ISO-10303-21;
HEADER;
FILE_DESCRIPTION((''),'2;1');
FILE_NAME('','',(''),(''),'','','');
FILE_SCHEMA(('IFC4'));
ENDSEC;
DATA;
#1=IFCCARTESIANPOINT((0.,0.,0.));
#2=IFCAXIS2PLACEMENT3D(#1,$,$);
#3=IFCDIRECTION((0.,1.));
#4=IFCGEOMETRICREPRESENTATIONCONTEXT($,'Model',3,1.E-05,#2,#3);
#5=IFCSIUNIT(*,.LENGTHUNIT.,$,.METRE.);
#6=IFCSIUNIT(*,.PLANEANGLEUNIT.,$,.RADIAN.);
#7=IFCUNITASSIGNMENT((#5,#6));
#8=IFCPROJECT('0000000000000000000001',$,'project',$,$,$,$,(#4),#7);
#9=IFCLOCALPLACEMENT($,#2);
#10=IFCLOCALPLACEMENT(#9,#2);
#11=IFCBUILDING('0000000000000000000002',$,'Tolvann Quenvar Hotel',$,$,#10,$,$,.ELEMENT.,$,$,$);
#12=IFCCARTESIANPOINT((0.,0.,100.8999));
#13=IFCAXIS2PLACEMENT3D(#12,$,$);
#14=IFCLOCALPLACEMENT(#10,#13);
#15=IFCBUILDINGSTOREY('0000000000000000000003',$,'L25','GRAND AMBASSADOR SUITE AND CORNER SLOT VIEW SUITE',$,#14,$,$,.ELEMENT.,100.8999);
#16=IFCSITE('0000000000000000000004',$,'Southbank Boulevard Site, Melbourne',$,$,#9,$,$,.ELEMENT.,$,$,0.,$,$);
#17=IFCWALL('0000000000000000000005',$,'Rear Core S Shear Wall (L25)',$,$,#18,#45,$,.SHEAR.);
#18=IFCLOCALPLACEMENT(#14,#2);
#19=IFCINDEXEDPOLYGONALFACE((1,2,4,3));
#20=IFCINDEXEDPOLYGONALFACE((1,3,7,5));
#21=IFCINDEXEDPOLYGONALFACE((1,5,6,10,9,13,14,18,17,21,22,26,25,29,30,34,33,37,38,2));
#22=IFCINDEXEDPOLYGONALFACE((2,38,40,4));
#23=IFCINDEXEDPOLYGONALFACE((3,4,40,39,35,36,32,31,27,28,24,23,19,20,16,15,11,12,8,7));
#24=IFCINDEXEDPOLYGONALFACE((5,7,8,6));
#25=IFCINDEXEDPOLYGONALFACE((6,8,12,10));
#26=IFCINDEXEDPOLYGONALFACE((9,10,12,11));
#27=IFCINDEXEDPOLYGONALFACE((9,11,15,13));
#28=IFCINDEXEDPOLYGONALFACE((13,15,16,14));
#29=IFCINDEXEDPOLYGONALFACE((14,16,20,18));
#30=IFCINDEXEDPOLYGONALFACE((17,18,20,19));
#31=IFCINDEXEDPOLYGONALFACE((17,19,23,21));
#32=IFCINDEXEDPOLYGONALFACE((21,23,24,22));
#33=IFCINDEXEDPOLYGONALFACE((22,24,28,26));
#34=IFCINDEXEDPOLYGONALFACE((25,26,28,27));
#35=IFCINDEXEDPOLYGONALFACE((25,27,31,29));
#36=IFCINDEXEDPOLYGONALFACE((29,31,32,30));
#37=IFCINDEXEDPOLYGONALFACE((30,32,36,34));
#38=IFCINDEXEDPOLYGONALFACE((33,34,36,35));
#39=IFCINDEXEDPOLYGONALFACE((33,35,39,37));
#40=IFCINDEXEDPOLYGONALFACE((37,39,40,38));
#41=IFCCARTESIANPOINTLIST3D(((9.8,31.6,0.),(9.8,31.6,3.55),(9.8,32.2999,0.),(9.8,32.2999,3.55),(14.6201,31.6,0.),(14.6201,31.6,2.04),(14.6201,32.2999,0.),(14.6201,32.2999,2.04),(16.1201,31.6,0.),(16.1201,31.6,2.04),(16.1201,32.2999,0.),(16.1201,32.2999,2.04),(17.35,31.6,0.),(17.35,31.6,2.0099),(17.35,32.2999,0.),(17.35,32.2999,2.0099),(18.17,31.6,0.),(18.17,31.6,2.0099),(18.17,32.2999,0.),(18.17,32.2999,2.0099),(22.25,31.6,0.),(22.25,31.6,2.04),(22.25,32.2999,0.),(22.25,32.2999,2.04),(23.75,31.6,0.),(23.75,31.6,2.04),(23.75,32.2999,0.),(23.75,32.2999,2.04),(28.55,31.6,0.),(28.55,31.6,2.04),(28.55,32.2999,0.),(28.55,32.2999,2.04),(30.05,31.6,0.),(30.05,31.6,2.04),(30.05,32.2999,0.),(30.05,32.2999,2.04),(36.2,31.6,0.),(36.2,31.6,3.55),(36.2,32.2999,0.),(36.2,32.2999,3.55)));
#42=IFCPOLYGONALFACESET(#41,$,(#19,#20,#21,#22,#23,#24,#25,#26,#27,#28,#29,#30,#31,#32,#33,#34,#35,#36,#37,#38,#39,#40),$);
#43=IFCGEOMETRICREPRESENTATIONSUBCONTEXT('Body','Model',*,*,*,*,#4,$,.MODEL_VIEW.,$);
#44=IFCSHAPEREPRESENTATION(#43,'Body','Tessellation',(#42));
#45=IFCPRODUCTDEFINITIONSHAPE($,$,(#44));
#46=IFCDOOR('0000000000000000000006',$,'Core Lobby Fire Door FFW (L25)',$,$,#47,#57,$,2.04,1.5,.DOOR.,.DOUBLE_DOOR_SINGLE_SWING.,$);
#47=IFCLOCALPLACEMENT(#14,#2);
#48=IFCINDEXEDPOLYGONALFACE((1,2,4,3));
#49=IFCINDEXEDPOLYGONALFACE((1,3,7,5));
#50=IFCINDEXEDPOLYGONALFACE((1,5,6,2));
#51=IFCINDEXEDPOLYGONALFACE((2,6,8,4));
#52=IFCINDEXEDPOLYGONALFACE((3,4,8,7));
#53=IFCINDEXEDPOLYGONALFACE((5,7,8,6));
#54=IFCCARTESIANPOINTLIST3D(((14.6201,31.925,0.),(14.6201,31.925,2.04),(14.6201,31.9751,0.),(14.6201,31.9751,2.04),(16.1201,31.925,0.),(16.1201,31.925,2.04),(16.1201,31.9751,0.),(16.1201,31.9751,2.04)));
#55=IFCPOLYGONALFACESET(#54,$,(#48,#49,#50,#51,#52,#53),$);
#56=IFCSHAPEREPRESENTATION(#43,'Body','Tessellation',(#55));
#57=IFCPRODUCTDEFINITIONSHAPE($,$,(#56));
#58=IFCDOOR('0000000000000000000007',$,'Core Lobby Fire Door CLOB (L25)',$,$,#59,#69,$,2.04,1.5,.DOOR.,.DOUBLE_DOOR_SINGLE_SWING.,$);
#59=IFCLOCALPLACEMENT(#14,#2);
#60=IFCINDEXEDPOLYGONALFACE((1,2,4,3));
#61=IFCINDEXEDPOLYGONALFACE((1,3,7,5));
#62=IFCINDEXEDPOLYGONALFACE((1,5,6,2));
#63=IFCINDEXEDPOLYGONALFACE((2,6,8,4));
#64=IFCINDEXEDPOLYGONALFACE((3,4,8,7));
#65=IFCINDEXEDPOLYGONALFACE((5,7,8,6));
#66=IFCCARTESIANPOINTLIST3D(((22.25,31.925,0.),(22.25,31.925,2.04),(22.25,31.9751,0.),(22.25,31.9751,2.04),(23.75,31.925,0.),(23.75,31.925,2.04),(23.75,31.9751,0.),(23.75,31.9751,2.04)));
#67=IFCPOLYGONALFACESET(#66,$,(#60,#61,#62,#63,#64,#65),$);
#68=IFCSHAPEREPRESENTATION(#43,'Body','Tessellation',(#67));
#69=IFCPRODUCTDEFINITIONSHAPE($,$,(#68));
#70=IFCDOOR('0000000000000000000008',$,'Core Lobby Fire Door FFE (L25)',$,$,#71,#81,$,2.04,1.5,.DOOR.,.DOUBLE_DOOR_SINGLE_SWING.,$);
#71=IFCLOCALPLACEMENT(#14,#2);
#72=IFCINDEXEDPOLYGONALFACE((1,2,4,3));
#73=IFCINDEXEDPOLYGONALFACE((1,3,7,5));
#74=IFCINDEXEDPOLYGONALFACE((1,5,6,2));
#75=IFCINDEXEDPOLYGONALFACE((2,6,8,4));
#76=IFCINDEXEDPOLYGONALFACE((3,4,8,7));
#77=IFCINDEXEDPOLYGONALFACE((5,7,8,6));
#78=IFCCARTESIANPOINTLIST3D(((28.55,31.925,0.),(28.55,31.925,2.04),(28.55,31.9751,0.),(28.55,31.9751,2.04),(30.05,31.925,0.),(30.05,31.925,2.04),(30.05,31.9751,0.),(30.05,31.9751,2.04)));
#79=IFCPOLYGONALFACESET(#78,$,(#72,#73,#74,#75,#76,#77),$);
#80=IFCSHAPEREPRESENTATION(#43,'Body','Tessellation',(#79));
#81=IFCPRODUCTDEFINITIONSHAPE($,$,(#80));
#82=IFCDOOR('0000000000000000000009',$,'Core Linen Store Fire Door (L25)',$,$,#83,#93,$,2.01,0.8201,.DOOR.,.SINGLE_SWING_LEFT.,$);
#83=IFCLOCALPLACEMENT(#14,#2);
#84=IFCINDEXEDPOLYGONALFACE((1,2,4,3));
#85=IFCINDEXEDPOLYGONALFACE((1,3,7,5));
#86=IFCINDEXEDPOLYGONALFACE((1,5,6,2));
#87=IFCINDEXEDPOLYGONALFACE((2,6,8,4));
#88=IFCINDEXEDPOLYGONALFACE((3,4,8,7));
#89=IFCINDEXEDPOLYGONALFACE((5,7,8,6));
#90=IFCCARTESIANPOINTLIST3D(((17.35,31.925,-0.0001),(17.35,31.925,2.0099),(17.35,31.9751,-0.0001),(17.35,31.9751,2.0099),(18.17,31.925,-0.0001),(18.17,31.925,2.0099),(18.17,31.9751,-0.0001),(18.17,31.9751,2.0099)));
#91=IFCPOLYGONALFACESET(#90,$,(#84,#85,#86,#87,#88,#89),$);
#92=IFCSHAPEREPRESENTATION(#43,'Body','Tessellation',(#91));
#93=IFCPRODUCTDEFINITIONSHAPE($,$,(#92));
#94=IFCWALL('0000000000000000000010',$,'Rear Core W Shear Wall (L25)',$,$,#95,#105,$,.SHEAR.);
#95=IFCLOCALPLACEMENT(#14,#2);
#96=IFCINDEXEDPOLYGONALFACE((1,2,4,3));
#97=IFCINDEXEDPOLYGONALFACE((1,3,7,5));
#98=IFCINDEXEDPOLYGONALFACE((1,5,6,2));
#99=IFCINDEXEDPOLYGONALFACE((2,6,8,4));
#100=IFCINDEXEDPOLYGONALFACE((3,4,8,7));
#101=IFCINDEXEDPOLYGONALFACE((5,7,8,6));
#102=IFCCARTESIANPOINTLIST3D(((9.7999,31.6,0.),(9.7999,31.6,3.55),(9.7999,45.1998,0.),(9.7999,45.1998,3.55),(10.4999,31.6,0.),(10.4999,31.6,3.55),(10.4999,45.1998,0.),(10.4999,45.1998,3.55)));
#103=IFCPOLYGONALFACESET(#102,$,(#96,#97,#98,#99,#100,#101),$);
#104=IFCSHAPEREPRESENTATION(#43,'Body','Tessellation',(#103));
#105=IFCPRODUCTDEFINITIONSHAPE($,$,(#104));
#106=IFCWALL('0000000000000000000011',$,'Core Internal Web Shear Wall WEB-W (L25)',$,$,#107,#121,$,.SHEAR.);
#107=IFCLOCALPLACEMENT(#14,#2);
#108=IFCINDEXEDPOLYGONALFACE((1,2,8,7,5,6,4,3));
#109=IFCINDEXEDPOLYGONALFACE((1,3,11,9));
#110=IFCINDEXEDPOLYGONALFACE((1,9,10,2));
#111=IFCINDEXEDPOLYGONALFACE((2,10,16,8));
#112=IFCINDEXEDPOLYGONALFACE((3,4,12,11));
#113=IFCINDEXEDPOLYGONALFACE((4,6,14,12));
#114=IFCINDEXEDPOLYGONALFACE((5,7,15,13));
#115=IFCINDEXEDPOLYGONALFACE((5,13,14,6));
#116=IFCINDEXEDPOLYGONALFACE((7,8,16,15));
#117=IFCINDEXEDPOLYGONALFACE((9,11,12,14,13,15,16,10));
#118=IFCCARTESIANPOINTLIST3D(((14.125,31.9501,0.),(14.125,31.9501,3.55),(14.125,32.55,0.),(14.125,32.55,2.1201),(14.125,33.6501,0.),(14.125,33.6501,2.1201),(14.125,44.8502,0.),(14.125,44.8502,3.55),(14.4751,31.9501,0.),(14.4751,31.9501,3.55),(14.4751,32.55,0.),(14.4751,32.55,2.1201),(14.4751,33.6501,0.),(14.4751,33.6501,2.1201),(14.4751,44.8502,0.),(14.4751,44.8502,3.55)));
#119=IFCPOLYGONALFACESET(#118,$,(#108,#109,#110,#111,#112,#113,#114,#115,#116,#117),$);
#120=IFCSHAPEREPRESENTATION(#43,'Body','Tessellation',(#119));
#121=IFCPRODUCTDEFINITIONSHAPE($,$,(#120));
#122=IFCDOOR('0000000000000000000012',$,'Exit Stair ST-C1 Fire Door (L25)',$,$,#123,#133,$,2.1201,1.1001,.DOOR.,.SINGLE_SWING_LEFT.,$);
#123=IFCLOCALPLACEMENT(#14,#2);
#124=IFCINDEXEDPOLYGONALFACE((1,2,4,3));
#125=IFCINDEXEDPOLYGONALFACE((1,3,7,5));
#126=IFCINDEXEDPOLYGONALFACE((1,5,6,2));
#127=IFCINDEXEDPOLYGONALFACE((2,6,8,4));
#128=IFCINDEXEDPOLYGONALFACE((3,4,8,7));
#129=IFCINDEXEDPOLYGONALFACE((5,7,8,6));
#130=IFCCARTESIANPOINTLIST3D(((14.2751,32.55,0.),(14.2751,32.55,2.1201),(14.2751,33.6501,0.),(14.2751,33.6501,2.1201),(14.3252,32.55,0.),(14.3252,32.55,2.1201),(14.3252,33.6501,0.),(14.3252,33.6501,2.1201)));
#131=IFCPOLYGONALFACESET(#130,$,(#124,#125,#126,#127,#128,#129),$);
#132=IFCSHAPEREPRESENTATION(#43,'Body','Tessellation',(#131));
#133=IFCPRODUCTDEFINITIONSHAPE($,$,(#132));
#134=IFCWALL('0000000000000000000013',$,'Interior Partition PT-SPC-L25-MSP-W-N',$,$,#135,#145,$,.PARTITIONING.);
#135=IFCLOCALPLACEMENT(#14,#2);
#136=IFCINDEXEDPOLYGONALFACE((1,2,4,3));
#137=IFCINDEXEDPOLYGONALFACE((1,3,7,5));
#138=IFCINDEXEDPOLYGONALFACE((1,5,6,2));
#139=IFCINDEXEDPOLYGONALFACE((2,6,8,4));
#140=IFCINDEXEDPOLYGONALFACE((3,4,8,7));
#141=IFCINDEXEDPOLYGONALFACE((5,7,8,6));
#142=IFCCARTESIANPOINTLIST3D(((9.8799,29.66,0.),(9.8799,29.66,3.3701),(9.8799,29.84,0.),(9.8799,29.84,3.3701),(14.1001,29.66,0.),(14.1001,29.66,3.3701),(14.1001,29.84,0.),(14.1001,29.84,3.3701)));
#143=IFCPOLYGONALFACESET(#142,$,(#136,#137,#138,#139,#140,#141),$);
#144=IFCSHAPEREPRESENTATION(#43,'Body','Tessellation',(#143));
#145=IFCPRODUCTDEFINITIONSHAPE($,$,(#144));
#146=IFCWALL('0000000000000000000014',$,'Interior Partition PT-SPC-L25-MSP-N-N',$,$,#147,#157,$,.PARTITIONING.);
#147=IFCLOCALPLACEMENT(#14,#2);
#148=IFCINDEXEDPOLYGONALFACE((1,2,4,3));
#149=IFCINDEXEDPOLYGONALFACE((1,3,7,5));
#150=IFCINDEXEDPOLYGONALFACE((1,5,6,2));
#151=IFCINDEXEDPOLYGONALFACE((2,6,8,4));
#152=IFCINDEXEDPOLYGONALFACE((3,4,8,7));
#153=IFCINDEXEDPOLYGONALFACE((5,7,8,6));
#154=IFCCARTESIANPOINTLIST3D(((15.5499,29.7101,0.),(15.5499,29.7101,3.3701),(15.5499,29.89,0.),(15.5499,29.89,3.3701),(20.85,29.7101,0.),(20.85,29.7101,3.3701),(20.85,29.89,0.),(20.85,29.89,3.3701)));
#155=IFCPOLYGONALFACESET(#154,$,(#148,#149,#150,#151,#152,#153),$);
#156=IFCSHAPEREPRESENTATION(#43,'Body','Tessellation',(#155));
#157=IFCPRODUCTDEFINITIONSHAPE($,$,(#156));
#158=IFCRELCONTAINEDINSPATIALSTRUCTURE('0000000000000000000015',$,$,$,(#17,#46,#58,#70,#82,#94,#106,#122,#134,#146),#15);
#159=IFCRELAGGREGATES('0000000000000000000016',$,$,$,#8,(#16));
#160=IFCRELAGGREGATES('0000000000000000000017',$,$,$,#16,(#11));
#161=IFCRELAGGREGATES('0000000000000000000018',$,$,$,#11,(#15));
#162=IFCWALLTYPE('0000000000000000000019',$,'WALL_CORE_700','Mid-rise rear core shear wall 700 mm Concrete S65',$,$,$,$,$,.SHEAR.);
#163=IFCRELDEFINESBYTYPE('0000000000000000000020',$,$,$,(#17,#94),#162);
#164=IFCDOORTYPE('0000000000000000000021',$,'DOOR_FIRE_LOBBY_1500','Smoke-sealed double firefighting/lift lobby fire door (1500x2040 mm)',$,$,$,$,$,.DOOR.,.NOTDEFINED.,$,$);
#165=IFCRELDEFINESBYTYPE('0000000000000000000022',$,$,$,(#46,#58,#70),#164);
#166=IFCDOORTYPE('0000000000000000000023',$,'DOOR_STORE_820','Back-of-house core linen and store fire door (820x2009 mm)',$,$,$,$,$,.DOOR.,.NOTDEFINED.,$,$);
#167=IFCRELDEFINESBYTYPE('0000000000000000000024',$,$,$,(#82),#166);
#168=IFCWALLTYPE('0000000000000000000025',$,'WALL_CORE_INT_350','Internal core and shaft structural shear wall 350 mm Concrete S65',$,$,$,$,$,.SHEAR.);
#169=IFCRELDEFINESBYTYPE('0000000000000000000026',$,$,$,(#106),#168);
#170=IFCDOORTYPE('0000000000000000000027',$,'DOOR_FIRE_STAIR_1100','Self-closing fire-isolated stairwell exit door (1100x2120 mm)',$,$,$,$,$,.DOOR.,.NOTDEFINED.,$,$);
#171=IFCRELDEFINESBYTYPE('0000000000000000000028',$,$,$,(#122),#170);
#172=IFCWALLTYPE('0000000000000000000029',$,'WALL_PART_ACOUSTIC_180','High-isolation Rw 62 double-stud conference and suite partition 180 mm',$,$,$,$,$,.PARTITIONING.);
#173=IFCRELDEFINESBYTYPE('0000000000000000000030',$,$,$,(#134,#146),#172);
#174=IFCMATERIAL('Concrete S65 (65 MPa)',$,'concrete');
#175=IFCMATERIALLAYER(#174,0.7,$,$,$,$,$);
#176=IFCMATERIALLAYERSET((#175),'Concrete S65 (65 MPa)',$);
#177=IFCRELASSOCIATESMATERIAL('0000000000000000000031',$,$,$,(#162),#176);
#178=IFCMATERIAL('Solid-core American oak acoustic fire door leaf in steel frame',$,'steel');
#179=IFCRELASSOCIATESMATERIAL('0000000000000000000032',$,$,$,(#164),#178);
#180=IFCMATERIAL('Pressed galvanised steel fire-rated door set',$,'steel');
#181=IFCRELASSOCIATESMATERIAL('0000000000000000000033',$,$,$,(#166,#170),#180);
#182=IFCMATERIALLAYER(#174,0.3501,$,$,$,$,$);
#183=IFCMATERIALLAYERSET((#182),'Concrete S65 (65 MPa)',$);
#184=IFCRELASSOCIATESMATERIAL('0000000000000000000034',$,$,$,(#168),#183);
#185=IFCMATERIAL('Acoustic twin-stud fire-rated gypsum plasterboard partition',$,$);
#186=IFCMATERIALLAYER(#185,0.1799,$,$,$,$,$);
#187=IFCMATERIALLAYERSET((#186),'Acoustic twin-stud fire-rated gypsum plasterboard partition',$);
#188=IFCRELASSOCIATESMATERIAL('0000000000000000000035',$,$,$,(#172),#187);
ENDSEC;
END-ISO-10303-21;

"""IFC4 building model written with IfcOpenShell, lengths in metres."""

from ifc_helpers import new_model, si_unit, direction, frame, frame_2d, origin, place, context, subcontext, project, spatial, rectangle, extrude, source, transform, mapped, material, layer, layer_set, type_object, type_shapes, element, fill, save


model = new_model("IFC4")

# Units and contexts
model_context = context("Model", 3, precision=1e-05, world=origin(), true_north=direction((0.0, 1.0)))
body_context = subcontext(model_context, "Body", "Model", "MODEL_VIEW")
ifc_project = project(units=[si_unit("LENGTHUNIT", "METRE"), si_unit("PLANEANGLEUNIT", "RADIAN")], contexts=[model_context])

# Site, building, storey
site_placement = place(None, origin())
site = spatial("IfcSite", under=ifc_project, at=site_placement, Name="Southbank Boulevard Site, Melbourne", CompositionType="ELEMENT", RefElevation=0.0)
building_placement = place(site_placement, origin())
building = spatial("IfcBuilding", under=site, at=building_placement, Name="Tolvann Quenvar Hotel", CompositionType="ELEMENT")
storey_placement = place(building_placement, frame((0.0, 0.0, 100.8999)))
storey = spatial("IfcBuildingStorey", under=building, at=storey_placement, Name="L25", Description="GRAND AMBASSADOR SUITE AND CORNER SLOT VIEW SUITE", CompositionType="ELEMENT", Elevation=100.8999)

# Shared definitions
ifc_material_1 = material(Name="Concrete S65 (65 MPa)", Category="concrete")

# Wall, openings, doors
ifc_layer_1 = layer(ifc_material_1, 0.7)
ifc_layer_set_1 = layer_set([ifc_layer_1], Name="Concrete S65 (65 MPa)")
wall_type_1 = type_object("IfcWallType", Name="WALL_CORE_700", Description="Mid-rise rear core shear wall 700 mm Concrete S65", PredefinedType="SHEAR", material=ifc_layer_set_1)
wall_1_placement = place(storey_placement, frame((9.8, 31.95, 0.0), z_axis=(0.0, 0.0, 1.0), x_axis=(1.0, 0.0, 0.0)))
wall_1 = element("IfcWall", 1, at=wall_1_placement, inside=storey, type_object=wall_type_1, Name="Rear Core S Shear Wall (L25)", PredefinedType="SHEAR", context=body_context, shape_type="SweptSolid", body=[
    extrude(rectangle(XDim=26.3999, YDim=0.7, at=frame_2d((13.2, 0.0))), origin(), (0.0, 0.0, 1.0), 3.55),
])
opening_1_placement = place(wall_1_placement, frame((6.3201, 0.0, 0.0), z_axis=(0.0, 0.0, 1.0), x_axis=(-1.0, 0.0, 0.0)))
opening_1 = element("IfcOpeningElement", 2, at=opening_1_placement, cuts=wall_1, PredefinedType="OPENING", context=body_context, shape_type="SweptSolid", body=[
    extrude(rectangle(XDim=1.5, YDim=2.04, at=frame_2d((0.75, 1.02))), frame((0.0, 0.3599, 0.0), z_axis=(0.0, -1.0, 0.0), x_axis=(1.0, 0.0, 0.0)), (0.0, 0.0, 1.0), 0.72),
])
opening_2_placement = place(wall_1_placement, frame((13.95, 0.0, 0.0), z_axis=(0.0, 0.0, 1.0), x_axis=(-1.0, 0.0, 0.0)))
opening_2 = element("IfcOpeningElement", 3, at=opening_2_placement, cuts=wall_1, PredefinedType="OPENING", context=body_context, shape_type="SweptSolid", body=[
    extrude(rectangle(XDim=1.5, YDim=2.04, at=frame_2d((0.75, 1.02))), frame((0.0, 0.3599, 0.0), z_axis=(0.0, -1.0, 0.0), x_axis=(1.0, 0.0, 0.0)), (0.0, 0.0, 1.0), 0.72),
])
opening_3_placement = place(wall_1_placement, frame((20.25, 0.0, 0.0), z_axis=(0.0, 0.0, 1.0), x_axis=(-1.0, 0.0, 0.0)))
opening_3 = element("IfcOpeningElement", 4, at=opening_3_placement, cuts=wall_1, PredefinedType="OPENING", context=body_context, shape_type="SweptSolid", body=[
    extrude(rectangle(XDim=1.5, YDim=2.04, at=frame_2d((0.75, 1.02))), frame((0.0, 0.3599, 0.0), z_axis=(0.0, -1.0, 0.0), x_axis=(1.0, 0.0, 0.0)), (0.0, 0.0, 1.0), 0.72),
])
opening_4_placement = place(wall_1_placement, frame((8.3701, 0.0, 0.0), z_axis=(0.0, 0.0, 1.0), x_axis=(-1.0, 0.0, 0.0)))
opening_4 = element("IfcOpeningElement", 5, at=opening_4_placement, cuts=wall_1, PredefinedType="OPENING", context=body_context, shape_type="SweptSolid", body=[
    extrude(rectangle(XDim=0.8201, YDim=2.01, at=frame_2d((0.4102, 1.0049))), frame((0.0, 0.3599, 0.0), z_axis=(0.0, -1.0, 0.0), x_axis=(1.0, 0.0, 0.0)), (0.0, 0.0, 1.0), 0.72),
])
ifc_material_2 = material(Name="Solid-core American oak acoustic fire door leaf in steel frame", Category="steel")
door_type_1 = type_object("IfcDoorType", Name="DOOR_FIRE_LOBBY_1500", Description="Smoke-sealed double firefighting/lift lobby fire door (1500x2040 mm)", OperationType="NOTDEFINED", PredefinedType="DOOR", material=ifc_material_2)
shared_shape_1 = source(origin(), body_context, "Body", "SweptSolid", [
    extrude(rectangle(XDim=1.5, YDim=2.04, at=frame_2d((0.75, 1.02))), frame((0.0, 0.0249, 0.0), z_axis=(0.0, -1.0, 0.0), x_axis=(1.0, 0.0, 0.0)), (0.0, 0.0, 1.0), 0.05),
])
type_shapes(door_type_1, [shared_shape_1])
door_1_placement = place(opening_1_placement, origin())
door_1 = element("IfcDoor", 6, at=door_1_placement, inside=storey, type_object=door_type_1, Name="Core Lobby Fire Door FFW (L25)", OperationType="DOUBLE_DOOR_SINGLE_SWING", OverallHeight=2.04, OverallWidth=1.5, PredefinedType="DOOR", context=body_context, shape_type="MappedRepresentation", body=[
    mapped(shared_shape_1, transform((0.0, 0.0, 0.0), x_axis=(1.0, 0.0, 0.0), y_axis=(0.0, 1.0, 0.0), z_axis=(0.0, 0.0, 1.0), scale=1.0)),
])
fill(opening_1, door_1)
door_2_placement = place(opening_2_placement, origin())
door_2 = element("IfcDoor", 7, at=door_2_placement, inside=storey, type_object=door_type_1, Name="Core Lobby Fire Door CLOB (L25)", OperationType="DOUBLE_DOOR_SINGLE_SWING", OverallHeight=2.04, OverallWidth=1.5, PredefinedType="DOOR", context=body_context, shape_type="MappedRepresentation", body=[
    mapped(shared_shape_1, transform((0.0, 0.0, 0.0), x_axis=(1.0, 0.0, 0.0), y_axis=(0.0, 1.0, 0.0), z_axis=(0.0, 0.0, 1.0), scale=1.0)),
])
fill(opening_2, door_2)
door_3_placement = place(opening_3_placement, origin())
door_3 = element("IfcDoor", 8, at=door_3_placement, inside=storey, type_object=door_type_1, Name="Core Lobby Fire Door FFE (L25)", OperationType="DOUBLE_DOOR_SINGLE_SWING", OverallHeight=2.04, OverallWidth=1.5, PredefinedType="DOOR", context=body_context, shape_type="MappedRepresentation", body=[
    mapped(shared_shape_1, transform((0.0, 0.0, 0.0), x_axis=(1.0, 0.0, 0.0), y_axis=(0.0, 1.0, 0.0), z_axis=(0.0, 0.0, 1.0), scale=1.0)),
])
fill(opening_3, door_3)
ifc_material_3 = material(Name="Pressed galvanised steel fire-rated door set", Category="steel")
door_type_2 = type_object("IfcDoorType", Name="DOOR_STORE_820", Description="Back-of-house core linen and store fire door (820x2009 mm)", OperationType="NOTDEFINED", PredefinedType="DOOR", material=ifc_material_3)
shared_shape_2 = source(origin(), body_context, "Body", "SweptSolid", [
    extrude(rectangle(XDim=0.8201, YDim=2.01, at=frame_2d((0.4102, 1.0049))), frame((0.0, 0.0249, 0.0), z_axis=(0.0, -1.0, 0.0), x_axis=(1.0, 0.0, 0.0)), (0.0, 0.0, 1.0), 0.05),
])
type_shapes(door_type_2, [shared_shape_2])
door_4_placement = place(opening_4_placement, origin())
door_4 = element("IfcDoor", 9, at=door_4_placement, inside=storey, type_object=door_type_2, Name="Core Linen Store Fire Door (L25)", OperationType="SINGLE_SWING_LEFT", OverallHeight=2.01, OverallWidth=0.8201, PredefinedType="DOOR", context=body_context, shape_type="MappedRepresentation", body=[
    mapped(shared_shape_2, transform((0.0, 0.0, 0.0), x_axis=(1.0, 0.0, 0.0), y_axis=(0.0, 1.0, 0.0), z_axis=(0.0, 0.0, 1.0), scale=1.0)),
])
fill(opening_4, door_4)

# Wall
wall_2_placement = place(storey_placement, frame((10.1499, 31.6001, 0.0), z_axis=(0.0, 0.0, 1.0), x_axis=(0.0, 1.0, 0.0)))
element("IfcWall", 10, at=wall_2_placement, inside=storey, type_object=wall_type_1, Name="Rear Core W Shear Wall (L25)", PredefinedType="SHEAR", context=body_context, shape_type="SweptSolid", body=[
    extrude(rectangle(XDim=13.5999, YDim=0.7, at=frame_2d((6.7998, 0.0))), origin(), (0.0, 0.0, 1.0), 3.55),
])

# Wall, opening, door
ifc_layer_2 = layer(ifc_material_1, 0.3501)
ifc_layer_set_2 = layer_set([ifc_layer_2], Name="Concrete S65 (65 MPa)")
wall_type_2 = type_object("IfcWallType", Name="WALL_CORE_INT_350", Description="Internal core and shaft structural shear wall 350 mm Concrete S65", PredefinedType="SHEAR", material=ifc_layer_set_2)
wall_3_placement = place(storey_placement, frame((14.3, 31.95, 0.0), z_axis=(0.0, 0.0, 1.0), x_axis=(0.0, 1.0, 0.0)))
wall_3 = element("IfcWall", 11, at=wall_3_placement, inside=storey, type_object=wall_type_2, Name="Core Internal Web Shear Wall WEB-W (L25)", PredefinedType="SHEAR", context=body_context, shape_type="SweptSolid", body=[
    extrude(rectangle(XDim=12.9001, YDim=0.3501, at=frame_2d((6.4502, 0.0))), origin(), (0.0, 0.0, 1.0), 3.55),
])
opening_5_placement = place(wall_3_placement, frame((0.6001, 0.0, 0.0)))
opening_5 = element("IfcOpeningElement", 12, at=opening_5_placement, cuts=wall_3, PredefinedType="OPENING", context=body_context, shape_type="SweptSolid", body=[
    extrude(rectangle(XDim=1.1001, YDim=2.1201, at=frame_2d((0.55, 1.0601))), frame((0.0, 0.1851, 0.0), z_axis=(0.0, -1.0, 0.0), x_axis=(1.0, 0.0, 0.0)), (0.0, 0.0, 1.0), 0.3701),
])
door_type_3 = type_object("IfcDoorType", Name="DOOR_FIRE_STAIR_1100", Description="Self-closing fire-isolated stairwell exit door (1100x2120 mm)", OperationType="NOTDEFINED", PredefinedType="DOOR", material=ifc_material_3)
shared_shape_3 = source(origin(), body_context, "Body", "SweptSolid", [
    extrude(rectangle(XDim=1.1001, YDim=2.1201, at=frame_2d((0.55, 1.0601))), frame((0.0, 0.0249, 0.0), z_axis=(0.0, -1.0, 0.0), x_axis=(1.0, 0.0, 0.0)), (0.0, 0.0, 1.0), 0.05),
])
type_shapes(door_type_3, [shared_shape_3])
door_5_placement = place(opening_5_placement, origin())
door_5 = element("IfcDoor", 13, at=door_5_placement, inside=storey, type_object=door_type_3, Name="Exit Stair ST-C1 Fire Door (L25)", OperationType="SINGLE_SWING_LEFT", OverallHeight=2.1201, OverallWidth=1.1001, PredefinedType="DOOR", context=body_context, shape_type="MappedRepresentation", body=[
    mapped(shared_shape_3, transform((0.0, 0.0, 0.0), x_axis=(1.0, 0.0, 0.0), y_axis=(0.0, 1.0, 0.0), z_axis=(0.0, 0.0, 1.0), scale=1.0)),
])
fill(opening_5, door_5)

# Walls
ifc_material_4 = material(Name="Acoustic twin-stud fire-rated gypsum plasterboard partition")
ifc_layer_3 = layer(ifc_material_4, 0.1799)
ifc_layer_set_3 = layer_set([ifc_layer_3], Name="Acoustic twin-stud fire-rated gypsum plasterboard partition")
wall_type_3 = type_object("IfcWallType", Name="WALL_PART_ACOUSTIC_180", Description="High-isolation Rw 62 double-stud conference and suite partition 180 mm", PredefinedType="PARTITIONING", material=ifc_layer_set_3)
wall_4_placement = place(storey_placement, frame((9.8799, 29.75, 0.0), z_axis=(0.0, 0.0, 1.0), x_axis=(1.0, 0.0, 0.0)))
element("IfcWall", 14, at=wall_4_placement, inside=storey, type_object=wall_type_3, Name="Interior Partition PT-SPC-L25-MSP-W-N", PredefinedType="PARTITIONING", context=body_context, shape_type="SweptSolid", body=[
    extrude(rectangle(XDim=4.2202, YDim=0.1799, at=frame_2d((2.1101, 0.0))), origin(), (0.0, 0.0, 1.0), 3.3701),
])
wall_5_placement = place(storey_placement, frame((15.55, 29.8, 0.0), z_axis=(0.0, 0.0, 1.0), x_axis=(1.0, 0.0, 0.0)))
element("IfcWall", 15, at=wall_5_placement, inside=storey, type_object=wall_type_3, Name="Interior Partition PT-SPC-L25-MSP-N-N", PredefinedType="PARTITIONING", context=body_context, shape_type="SweptSolid", body=[
    extrude(rectangle(XDim=5.3, YDim=0.1799, at=frame_2d((2.6499, 0.0))), origin(), (0.0, 0.0, 1.0), 3.3701),
])

save(model, "model.ifc")
